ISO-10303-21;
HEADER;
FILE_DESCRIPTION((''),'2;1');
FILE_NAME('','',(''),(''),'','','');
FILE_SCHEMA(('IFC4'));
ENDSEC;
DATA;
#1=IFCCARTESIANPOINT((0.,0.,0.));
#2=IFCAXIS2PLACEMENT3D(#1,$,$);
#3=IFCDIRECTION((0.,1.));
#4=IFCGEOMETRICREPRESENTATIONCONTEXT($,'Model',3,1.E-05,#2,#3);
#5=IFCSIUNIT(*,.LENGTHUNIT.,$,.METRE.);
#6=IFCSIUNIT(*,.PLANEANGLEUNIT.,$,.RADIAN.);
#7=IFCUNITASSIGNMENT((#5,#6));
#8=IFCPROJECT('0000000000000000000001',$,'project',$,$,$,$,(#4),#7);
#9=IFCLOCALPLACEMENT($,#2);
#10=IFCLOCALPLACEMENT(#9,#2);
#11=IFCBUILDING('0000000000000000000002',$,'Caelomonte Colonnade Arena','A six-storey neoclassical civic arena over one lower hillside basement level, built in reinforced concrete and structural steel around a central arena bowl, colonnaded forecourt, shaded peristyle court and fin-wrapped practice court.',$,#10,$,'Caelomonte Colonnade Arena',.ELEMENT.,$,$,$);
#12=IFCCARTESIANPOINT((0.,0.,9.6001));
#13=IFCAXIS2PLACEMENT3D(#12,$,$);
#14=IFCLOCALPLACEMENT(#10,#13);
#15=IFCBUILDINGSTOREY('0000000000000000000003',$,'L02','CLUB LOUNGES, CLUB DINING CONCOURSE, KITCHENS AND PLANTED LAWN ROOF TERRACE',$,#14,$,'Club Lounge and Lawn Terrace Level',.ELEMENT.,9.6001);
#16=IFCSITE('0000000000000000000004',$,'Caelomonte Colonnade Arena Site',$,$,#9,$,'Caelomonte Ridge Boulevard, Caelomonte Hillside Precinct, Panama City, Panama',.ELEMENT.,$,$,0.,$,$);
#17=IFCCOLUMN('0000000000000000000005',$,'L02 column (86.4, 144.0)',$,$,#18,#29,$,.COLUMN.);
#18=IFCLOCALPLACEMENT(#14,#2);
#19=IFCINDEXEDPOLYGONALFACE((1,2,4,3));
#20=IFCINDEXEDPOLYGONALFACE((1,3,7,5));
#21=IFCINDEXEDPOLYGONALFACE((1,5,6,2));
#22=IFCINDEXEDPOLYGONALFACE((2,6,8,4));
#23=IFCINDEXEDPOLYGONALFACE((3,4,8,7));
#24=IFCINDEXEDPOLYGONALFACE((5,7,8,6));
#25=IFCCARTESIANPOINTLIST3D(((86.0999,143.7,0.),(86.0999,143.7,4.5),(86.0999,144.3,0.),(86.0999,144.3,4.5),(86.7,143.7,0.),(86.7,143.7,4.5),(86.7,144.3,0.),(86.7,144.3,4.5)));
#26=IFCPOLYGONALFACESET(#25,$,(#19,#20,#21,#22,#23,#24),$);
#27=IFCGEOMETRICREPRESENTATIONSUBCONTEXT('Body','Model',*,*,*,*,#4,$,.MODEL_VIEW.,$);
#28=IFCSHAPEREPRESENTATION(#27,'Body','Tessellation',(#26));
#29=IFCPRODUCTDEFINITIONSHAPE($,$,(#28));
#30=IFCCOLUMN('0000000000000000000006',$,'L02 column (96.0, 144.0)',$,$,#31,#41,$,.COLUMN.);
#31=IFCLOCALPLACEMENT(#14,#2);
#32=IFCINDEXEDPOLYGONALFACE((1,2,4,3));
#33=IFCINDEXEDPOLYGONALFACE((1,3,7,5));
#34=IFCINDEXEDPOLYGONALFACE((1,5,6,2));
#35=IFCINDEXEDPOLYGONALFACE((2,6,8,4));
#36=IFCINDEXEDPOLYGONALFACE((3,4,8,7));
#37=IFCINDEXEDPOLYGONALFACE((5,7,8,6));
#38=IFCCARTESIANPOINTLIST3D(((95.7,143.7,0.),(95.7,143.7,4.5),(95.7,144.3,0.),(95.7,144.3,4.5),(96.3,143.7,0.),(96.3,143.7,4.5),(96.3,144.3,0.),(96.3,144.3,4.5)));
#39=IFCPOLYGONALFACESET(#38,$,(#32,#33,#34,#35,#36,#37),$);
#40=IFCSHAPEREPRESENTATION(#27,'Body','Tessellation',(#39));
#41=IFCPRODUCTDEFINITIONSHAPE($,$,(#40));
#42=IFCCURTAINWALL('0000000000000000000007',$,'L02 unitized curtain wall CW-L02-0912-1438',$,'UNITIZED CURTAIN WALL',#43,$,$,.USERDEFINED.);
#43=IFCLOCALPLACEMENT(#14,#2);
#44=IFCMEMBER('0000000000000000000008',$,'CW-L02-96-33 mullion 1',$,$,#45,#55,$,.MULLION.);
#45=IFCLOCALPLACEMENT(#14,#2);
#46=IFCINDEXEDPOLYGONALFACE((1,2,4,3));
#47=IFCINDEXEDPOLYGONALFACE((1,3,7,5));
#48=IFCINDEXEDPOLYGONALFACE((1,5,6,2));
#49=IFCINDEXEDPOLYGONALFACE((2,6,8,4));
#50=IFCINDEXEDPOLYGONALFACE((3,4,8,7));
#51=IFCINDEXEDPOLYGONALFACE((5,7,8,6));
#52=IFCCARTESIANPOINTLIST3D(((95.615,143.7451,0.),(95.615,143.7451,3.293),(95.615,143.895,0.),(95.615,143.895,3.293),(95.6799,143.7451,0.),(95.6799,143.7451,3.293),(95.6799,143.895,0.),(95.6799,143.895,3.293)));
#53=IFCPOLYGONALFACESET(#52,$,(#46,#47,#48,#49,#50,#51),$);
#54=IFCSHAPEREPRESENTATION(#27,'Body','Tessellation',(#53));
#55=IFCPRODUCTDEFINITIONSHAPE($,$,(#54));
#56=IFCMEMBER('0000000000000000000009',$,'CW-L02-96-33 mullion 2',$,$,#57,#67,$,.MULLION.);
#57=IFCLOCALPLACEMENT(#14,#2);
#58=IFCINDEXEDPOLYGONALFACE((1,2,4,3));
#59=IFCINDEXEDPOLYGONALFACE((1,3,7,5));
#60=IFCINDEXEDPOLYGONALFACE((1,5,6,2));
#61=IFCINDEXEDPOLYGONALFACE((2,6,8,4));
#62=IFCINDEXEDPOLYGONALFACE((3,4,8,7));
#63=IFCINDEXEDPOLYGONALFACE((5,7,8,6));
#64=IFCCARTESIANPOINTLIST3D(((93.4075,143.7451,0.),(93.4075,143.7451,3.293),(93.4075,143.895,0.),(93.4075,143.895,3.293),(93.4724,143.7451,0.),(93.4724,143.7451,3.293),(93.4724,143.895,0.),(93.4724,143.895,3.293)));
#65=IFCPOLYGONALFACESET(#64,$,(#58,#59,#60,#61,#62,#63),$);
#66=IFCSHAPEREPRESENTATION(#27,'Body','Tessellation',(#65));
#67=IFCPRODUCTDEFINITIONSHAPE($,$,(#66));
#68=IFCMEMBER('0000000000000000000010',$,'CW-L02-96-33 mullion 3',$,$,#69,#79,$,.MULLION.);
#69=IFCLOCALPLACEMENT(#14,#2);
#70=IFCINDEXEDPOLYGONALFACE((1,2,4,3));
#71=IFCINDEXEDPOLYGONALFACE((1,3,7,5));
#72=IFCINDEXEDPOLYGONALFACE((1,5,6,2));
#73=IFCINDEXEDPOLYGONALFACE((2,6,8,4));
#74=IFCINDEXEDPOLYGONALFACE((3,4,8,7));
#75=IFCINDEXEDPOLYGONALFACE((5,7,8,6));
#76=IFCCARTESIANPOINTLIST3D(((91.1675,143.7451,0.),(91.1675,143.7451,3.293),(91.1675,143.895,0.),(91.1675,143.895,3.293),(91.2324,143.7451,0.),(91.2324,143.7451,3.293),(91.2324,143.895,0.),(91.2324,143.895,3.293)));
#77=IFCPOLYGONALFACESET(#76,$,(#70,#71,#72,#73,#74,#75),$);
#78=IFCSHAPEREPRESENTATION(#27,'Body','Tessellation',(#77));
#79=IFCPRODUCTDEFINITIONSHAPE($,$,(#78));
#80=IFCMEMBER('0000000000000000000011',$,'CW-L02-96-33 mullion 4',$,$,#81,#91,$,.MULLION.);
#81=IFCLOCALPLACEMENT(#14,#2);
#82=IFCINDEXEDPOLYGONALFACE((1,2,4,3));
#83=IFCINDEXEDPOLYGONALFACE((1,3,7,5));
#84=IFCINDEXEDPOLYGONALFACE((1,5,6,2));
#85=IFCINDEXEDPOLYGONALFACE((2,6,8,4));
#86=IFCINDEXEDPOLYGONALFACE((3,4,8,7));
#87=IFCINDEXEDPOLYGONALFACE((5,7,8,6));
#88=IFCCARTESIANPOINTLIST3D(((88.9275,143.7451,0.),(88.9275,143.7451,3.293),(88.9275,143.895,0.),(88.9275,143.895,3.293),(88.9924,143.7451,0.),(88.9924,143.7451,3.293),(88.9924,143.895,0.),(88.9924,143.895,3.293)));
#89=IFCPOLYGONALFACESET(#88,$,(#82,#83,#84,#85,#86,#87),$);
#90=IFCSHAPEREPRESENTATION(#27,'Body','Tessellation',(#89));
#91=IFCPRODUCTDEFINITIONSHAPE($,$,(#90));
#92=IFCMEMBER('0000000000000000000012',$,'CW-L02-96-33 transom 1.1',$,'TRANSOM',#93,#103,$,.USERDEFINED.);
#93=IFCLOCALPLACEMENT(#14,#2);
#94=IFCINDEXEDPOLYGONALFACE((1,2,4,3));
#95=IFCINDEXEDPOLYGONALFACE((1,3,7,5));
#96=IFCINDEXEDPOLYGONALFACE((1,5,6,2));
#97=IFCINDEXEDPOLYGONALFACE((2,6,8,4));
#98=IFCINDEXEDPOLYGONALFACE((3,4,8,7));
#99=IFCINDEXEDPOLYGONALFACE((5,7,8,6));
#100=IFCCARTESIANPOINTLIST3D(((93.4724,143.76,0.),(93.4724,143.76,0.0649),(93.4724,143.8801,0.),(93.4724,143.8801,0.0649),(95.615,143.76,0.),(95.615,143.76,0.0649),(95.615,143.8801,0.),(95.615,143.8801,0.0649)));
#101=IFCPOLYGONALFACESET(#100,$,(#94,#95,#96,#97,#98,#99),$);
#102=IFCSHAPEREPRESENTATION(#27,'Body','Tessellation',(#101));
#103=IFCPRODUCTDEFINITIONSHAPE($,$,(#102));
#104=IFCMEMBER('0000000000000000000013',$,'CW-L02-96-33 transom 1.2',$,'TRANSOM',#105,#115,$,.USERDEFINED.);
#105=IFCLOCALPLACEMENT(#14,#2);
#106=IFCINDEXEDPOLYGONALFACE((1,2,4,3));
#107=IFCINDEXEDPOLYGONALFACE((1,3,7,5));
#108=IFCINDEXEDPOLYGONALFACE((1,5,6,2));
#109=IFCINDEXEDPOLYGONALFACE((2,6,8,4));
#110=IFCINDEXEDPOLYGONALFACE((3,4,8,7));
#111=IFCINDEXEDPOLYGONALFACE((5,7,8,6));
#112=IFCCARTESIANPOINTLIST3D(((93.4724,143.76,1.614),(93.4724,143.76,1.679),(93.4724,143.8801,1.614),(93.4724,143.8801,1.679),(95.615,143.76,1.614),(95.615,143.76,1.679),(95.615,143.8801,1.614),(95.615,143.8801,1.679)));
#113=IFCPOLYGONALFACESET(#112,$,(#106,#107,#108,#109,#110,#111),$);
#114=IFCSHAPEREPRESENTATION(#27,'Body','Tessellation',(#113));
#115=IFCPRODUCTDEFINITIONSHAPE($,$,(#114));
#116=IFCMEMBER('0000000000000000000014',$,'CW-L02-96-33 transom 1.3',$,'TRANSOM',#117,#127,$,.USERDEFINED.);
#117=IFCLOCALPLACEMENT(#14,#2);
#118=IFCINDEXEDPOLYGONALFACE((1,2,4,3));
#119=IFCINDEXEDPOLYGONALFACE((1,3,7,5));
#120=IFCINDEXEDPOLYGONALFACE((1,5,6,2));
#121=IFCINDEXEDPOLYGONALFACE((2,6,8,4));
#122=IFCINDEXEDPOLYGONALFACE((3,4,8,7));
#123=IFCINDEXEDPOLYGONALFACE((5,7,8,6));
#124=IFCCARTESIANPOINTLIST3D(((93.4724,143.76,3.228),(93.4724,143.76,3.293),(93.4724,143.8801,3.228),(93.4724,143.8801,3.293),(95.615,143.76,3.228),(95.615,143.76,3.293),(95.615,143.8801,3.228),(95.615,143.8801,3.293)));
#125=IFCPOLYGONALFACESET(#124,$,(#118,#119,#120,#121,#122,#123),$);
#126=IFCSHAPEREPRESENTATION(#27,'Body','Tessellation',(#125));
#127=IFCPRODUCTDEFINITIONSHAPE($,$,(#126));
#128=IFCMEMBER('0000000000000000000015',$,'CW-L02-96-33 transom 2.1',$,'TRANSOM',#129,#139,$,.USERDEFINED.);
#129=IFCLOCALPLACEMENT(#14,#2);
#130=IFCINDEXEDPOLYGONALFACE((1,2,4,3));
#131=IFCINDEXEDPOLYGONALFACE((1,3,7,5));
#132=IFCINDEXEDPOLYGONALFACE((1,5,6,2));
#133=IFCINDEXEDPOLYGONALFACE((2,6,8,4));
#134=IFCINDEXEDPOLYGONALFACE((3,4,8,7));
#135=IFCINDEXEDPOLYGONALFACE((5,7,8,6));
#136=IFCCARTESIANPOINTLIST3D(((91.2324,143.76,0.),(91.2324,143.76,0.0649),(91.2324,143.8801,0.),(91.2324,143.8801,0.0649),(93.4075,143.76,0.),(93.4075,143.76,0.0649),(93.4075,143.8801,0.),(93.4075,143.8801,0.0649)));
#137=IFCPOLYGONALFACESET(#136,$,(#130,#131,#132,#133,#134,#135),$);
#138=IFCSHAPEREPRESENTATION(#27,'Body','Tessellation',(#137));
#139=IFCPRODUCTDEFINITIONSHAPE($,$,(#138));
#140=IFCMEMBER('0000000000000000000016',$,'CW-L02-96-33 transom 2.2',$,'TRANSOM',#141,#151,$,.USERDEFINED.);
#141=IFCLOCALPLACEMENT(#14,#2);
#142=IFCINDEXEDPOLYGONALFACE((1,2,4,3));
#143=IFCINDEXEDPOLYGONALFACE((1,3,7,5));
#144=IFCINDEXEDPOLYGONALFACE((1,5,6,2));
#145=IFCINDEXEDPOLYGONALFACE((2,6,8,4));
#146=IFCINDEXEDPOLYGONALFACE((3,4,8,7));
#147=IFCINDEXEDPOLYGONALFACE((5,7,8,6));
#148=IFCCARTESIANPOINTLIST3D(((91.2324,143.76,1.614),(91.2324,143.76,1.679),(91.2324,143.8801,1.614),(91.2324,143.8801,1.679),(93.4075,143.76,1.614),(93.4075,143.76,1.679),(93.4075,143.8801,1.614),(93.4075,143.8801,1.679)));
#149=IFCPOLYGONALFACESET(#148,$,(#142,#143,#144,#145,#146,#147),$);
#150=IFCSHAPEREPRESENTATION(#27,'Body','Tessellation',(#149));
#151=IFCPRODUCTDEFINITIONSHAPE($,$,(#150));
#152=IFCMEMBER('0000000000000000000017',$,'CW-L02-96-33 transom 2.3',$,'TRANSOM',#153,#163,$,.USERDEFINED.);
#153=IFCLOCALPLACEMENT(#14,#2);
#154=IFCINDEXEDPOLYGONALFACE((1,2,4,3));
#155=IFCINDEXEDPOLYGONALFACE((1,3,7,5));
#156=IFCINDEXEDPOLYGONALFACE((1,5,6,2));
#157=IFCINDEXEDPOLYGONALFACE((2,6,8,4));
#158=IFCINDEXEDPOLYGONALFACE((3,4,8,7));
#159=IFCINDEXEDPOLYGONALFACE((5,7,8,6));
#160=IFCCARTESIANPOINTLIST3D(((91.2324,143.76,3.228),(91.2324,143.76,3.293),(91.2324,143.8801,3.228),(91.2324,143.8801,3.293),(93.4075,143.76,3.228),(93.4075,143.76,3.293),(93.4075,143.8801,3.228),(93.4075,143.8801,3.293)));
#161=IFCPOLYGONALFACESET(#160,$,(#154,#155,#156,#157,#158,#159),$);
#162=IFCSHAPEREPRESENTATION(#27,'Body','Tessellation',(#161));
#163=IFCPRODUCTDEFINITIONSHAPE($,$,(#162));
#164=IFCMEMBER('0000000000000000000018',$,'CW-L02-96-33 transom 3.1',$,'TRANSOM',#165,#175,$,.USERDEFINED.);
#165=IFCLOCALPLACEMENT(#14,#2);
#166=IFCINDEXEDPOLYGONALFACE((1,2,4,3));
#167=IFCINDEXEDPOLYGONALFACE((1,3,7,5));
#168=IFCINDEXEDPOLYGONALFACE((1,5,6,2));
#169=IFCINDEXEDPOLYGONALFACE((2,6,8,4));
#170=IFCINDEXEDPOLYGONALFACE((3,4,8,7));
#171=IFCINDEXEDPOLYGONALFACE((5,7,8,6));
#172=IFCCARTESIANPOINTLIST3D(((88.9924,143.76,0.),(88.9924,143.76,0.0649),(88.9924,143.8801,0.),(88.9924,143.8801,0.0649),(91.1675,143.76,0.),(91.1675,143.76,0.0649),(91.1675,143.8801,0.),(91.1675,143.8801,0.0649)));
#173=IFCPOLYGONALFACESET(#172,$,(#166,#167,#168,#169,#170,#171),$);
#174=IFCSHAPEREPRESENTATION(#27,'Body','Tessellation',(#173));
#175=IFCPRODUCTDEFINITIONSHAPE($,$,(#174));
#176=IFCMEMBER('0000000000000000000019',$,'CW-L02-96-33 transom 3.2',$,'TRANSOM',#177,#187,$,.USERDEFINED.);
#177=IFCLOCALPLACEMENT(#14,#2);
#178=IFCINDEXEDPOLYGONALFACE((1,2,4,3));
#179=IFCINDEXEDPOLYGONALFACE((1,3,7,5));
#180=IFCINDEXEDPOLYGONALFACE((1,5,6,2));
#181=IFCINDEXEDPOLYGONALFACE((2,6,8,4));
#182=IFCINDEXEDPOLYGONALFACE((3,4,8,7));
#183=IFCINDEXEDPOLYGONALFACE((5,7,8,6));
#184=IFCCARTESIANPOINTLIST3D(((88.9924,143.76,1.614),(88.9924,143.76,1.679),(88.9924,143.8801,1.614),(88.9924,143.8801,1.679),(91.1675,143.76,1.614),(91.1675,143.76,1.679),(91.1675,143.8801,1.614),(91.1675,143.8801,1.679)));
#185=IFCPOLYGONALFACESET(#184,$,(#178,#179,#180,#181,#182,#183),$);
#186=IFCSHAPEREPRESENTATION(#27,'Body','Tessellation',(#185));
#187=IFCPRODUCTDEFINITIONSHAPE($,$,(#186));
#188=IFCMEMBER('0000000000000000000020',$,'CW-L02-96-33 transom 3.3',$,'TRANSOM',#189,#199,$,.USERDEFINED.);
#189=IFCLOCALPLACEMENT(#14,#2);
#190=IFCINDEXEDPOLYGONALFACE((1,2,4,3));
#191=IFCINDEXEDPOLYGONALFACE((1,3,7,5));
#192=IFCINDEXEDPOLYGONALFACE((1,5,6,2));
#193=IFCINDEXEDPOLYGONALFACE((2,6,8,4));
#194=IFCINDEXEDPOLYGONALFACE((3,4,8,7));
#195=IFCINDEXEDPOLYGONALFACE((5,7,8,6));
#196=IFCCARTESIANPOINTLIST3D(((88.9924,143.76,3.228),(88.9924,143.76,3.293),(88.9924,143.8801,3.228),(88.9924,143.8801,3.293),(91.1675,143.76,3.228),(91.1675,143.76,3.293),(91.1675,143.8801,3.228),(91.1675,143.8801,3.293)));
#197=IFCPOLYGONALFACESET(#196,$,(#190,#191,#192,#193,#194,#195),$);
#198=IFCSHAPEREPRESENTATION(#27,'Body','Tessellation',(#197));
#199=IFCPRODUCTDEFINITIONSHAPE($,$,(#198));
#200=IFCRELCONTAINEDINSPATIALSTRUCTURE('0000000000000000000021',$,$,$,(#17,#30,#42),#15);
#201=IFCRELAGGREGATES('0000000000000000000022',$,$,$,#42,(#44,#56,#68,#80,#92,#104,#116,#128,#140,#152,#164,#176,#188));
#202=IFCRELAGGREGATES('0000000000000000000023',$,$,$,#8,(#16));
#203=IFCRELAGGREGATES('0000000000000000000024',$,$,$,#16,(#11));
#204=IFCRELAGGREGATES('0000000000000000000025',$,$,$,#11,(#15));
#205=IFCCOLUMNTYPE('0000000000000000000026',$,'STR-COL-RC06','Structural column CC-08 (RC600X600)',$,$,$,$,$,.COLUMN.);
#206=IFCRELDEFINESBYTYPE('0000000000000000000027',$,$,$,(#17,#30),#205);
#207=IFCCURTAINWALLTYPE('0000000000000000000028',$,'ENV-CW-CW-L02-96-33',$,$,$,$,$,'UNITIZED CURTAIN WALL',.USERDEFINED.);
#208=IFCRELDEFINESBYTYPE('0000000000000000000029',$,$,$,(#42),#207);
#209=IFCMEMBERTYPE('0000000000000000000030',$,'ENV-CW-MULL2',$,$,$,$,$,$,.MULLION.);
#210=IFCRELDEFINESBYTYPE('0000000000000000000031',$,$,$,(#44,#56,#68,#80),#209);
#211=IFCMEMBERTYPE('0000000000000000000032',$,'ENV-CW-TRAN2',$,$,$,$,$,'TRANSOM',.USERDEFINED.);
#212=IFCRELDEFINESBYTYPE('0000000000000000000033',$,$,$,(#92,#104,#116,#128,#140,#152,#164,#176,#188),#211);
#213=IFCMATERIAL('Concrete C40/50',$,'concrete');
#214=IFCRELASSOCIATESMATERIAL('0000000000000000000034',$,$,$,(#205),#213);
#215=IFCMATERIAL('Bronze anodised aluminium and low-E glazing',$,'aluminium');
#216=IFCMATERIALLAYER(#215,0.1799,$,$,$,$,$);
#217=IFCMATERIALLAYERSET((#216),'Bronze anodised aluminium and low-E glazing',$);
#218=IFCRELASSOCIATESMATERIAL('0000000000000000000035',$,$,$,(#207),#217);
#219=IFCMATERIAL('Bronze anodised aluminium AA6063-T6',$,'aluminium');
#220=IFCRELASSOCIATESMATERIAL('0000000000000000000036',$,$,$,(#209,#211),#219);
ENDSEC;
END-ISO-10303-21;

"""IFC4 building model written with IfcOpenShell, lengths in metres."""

from ifc_helpers import new_model, si_unit, direction, frame, origin, origin_2d, place, context, subcontext, project, spatial, rectangle, extrude, material, layer, layer_set, material_profile, profile_set, type_object, element, aggregate, save


model = new_model("IFC4")

# Units and contexts
model_context = context("Model", 3, precision=1e-05, world=origin(), true_north=direction((0.0, 1.0)))
body_context = subcontext(model_context, "Body", "Model", "MODEL_VIEW")
ifc_project = project(units=[si_unit("LENGTHUNIT", "METRE"), si_unit("PLANEANGLEUNIT", "RADIAN")], contexts=[model_context])

# Site, building, storey
site_placement = place(None, origin())
site = spatial("IfcSite", under=ifc_project, at=site_placement, Name="Caelomonte Colonnade Arena Site", LongName="Caelomonte Ridge Boulevard, Caelomonte Hillside Precinct, Panama City, Panama", CompositionType="ELEMENT", RefElevation=0.0)
building_placement = place(site_placement, origin())
building = spatial("IfcBuilding", under=site, at=building_placement, Name="Caelomonte Colonnade Arena", Description="A six-storey neoclassical civic arena over one lower hillside basement level, built in reinforced concrete and structural steel around a central arena bowl, colonnaded forecourt, shaded peristyle court and fin-wrapped practice court.", LongName="Caelomonte Colonnade Arena", CompositionType="ELEMENT")
storey_placement = place(building_placement, frame((0.0, 0.0, 9.6001)))
storey = spatial("IfcBuildingStorey", under=building, at=storey_placement, Name="L02", Description="CLUB LOUNGES, CLUB DINING CONCOURSE, KITCHENS AND PLANTED LAWN ROOF TERRACE", LongName="Club Lounge and Lawn Terrace Level", CompositionType="ELEMENT", Elevation=9.6001)

# Columns
ifc_material_1 = material(Name="Concrete C40/50", Category="concrete")
ifc_material_profile_1 = material_profile(ifc_material_1, rectangle(XDim=0.6001, YDim=0.6001, at=origin_2d()), Name="RC600X600")
ifc_profile_set_1 = profile_set([ifc_material_profile_1], Name="Concrete C40/50")
column_type = type_object("IfcColumnType", Name="STR-COL-RC06", Description="Structural column CC-08 (RC600X600)", PredefinedType="COLUMN", material=ifc_profile_set_1)
for number, where, z_axis, x_axis, name in (
    (1, (86.3999, 144.0, 0.0), (0.0, 0.0, 1.0), (1.0, 0.0, 0.0), "L02 column (86.4, 144.0)"),
    (2, (96.0, 144.0, 0.0), (0.0, 0.0, 1.0), (1.0, 0.0, 0.0), "L02 column (96.0, 144.0)"),
):
    element("IfcColumn", number, at=place(storey_placement, frame(where, z_axis=z_axis, x_axis=x_axis)), inside=storey, type_object=column_type, Name=name, PredefinedType="COLUMN", context=body_context, shape_type="SweptSolid", body=[
        extrude(rectangle(XDim=0.6001, YDim=0.6001, at=origin_2d()), origin(), (0.0, 0.0, 1.0), 4.5),
    ])

# Curtain wall, members
ifc_material_2 = material(Name="Bronze anodised aluminium and low-E glazing", Category="aluminium")
ifc_layer_1 = layer(ifc_material_2, 0.1799)
ifc_layer_set_1 = layer_set([ifc_layer_1], Name="Bronze anodised aluminium and low-E glazing")
curtain_wall_type = type_object("IfcCurtainWallType", Name="ENV-CW-CW-L02-96-33", ElementType="UNITIZED CURTAIN WALL", PredefinedType="USERDEFINED", material=ifc_layer_set_1)
curtain_wall_placement = place(storey_placement, origin())
curtain_wall = element("IfcCurtainWall", 3, at=curtain_wall_placement, inside=storey, type_object=curtain_wall_type, Name="L02 unitized curtain wall CW-L02-0912-1438", ObjectType="UNITIZED CURTAIN WALL", PredefinedType="USERDEFINED")
ifc_material_3 = material(Name="Bronze anodised aluminium AA6063-T6", Category="aluminium")
ifc_material_profile_2 = material_profile(ifc_material_3, rectangle(XDim=0.0649, YDim=0.1499, at=origin_2d()), Name="CWM-65X150")
ifc_profile_set_2 = profile_set([ifc_material_profile_2], Name="Bronze anodised aluminium AA6063-T6")
member_type_1 = type_object("IfcMemberType", Name="ENV-CW-MULL2", PredefinedType="MULLION", material=ifc_profile_set_2)
member_1_placement = place(storey_placement, frame((95.6475, 143.8201, 0.0), z_axis=(0.0, 0.0, 1.0), x_axis=(-1.0, 0.0, 0.0)))
member_1 = element("IfcMember", 4, at=member_1_placement, type_object=member_type_1, Name="CW-L02-96-33 mullion 1", PredefinedType="MULLION", context=body_context, shape_type="SweptSolid", body=[
    extrude(rectangle(XDim=0.0649, YDim=0.1499, at=origin_2d()), origin(), (0.0, 0.0, 1.0), 3.293),
])
member_2_placement = place(storey_placement, frame((93.4399, 143.8201, 0.0), z_axis=(0.0, 0.0, 1.0), x_axis=(-1.0, 0.0, 0.0)))
member_2 = element("IfcMember", 5, at=member_2_placement, type_object=member_type_1, Name="CW-L02-96-33 mullion 2", PredefinedType="MULLION", context=body_context, shape_type="SweptSolid", body=[
    extrude(rectangle(XDim=0.0649, YDim=0.1499, at=origin_2d()), origin(), (0.0, 0.0, 1.0), 3.293),
])
member_3_placement = place(storey_placement, frame((91.2, 143.8201, 0.0), z_axis=(0.0, 0.0, 1.0), x_axis=(-1.0, 0.0, 0.0)))
member_3 = element("IfcMember", 6, at=member_3_placement, type_object=member_type_1, Name="CW-L02-96-33 mullion 3", PredefinedType="MULLION", context=body_context, shape_type="SweptSolid", body=[
    extrude(rectangle(XDim=0.0649, YDim=0.1499, at=origin_2d()), origin(), (0.0, 0.0, 1.0), 3.293),
])
member_4_placement = place(storey_placement, frame((88.96, 143.8201, 0.0), z_axis=(0.0, 0.0, 1.0), x_axis=(-1.0, 0.0, 0.0)))
member_4 = element("IfcMember", 7, at=member_4_placement, type_object=member_type_1, Name="CW-L02-96-33 mullion 4", PredefinedType="MULLION", context=body_context, shape_type="SweptSolid", body=[
    extrude(rectangle(XDim=0.0649, YDim=0.1499, at=origin_2d()), origin(), (0.0, 0.0, 1.0), 3.293),
])
ifc_material_profile_3 = material_profile(ifc_material_3, rectangle(XDim=0.0649, YDim=0.1201, at=origin_2d()), Name="CWT-65X120")
ifc_profile_set_3 = profile_set([ifc_material_profile_3], Name="Bronze anodised aluminium AA6063-T6")
member_type_2 = type_object("IfcMemberType", Name="ENV-CW-TRAN2", ElementType="TRANSOM", PredefinedType="USERDEFINED", material=ifc_profile_set_3)
member_5_placement = place(storey_placement, frame((95.615, 143.8201, 0.0325), z_axis=(-1.0, 0.0, 0.0), x_axis=(0.0, 0.0, 1.0)))
member_5 = element("IfcMember", 8, at=member_5_placement, type_object=member_type_2, Name="CW-L02-96-33 transom 1.1", ObjectType="TRANSOM", PredefinedType="USERDEFINED", context=body_context, shape_type="SweptSolid", body=[
    extrude(rectangle(XDim=0.0649, YDim=0.1201, at=origin_2d()), origin(), (0.0, 0.0, 1.0), 2.1426),
])
member_6_placement = place(storey_placement, frame((95.615, 143.8201, 1.6465), z_axis=(-1.0, 0.0, 0.0), x_axis=(0.0, 0.0, 1.0)))
member_6 = element("IfcMember", 9, at=member_6_placement, type_object=member_type_2, Name="CW-L02-96-33 transom 1.2", ObjectType="TRANSOM", PredefinedType="USERDEFINED", context=body_context, shape_type="SweptSolid", body=[
    extrude(rectangle(XDim=0.0649, YDim=0.1201, at=origin_2d()), origin(), (0.0, 0.0, 1.0), 2.1426),
])
member_7_placement = place(storey_placement, frame((95.615, 143.8201, 3.2605), z_axis=(-1.0, 0.0, 0.0), x_axis=(0.0, 0.0, 1.0)))
member_7 = element("IfcMember", 10, at=member_7_placement, type_object=member_type_2, Name="CW-L02-96-33 transom 1.3", ObjectType="TRANSOM", PredefinedType="USERDEFINED", context=body_context, shape_type="SweptSolid", body=[
    extrude(rectangle(XDim=0.0649, YDim=0.1201, at=origin_2d()), origin(), (0.0, 0.0, 1.0), 2.1426),
])
member_8_placement = place(storey_placement, frame((93.4075, 143.8201, 0.0325), z_axis=(-1.0, 0.0, 0.0), x_axis=(0.0, 0.0, 1.0)))
member_8 = element("IfcMember", 11, at=member_8_placement, type_object=member_type_2, Name="CW-L02-96-33 transom 2.1", ObjectType="TRANSOM", PredefinedType="USERDEFINED", context=body_context, shape_type="SweptSolid", body=[
    extrude(rectangle(XDim=0.0649, YDim=0.1201, at=origin_2d()), origin(), (0.0, 0.0, 1.0), 2.175),
])
member_9_placement = place(storey_placement, frame((93.4075, 143.8201, 1.6465), z_axis=(-1.0, 0.0, 0.0), x_axis=(0.0, 0.0, 1.0)))
member_9 = element("IfcMember", 12, at=member_9_placement, type_object=member_type_2, Name="CW-L02-96-33 transom 2.2", ObjectType="TRANSOM", PredefinedType="USERDEFINED", context=body_context, shape_type="SweptSolid", body=[
    extrude(rectangle(XDim=0.0649, YDim=0.1201, at=origin_2d()), origin(), (0.0, 0.0, 1.0), 2.175),
])
member_10_placement = place(storey_placement, frame((93.4075, 143.8201, 3.2605), z_axis=(-1.0, 0.0, 0.0), x_axis=(0.0, 0.0, 1.0)))
member_10 = element("IfcMember", 13, at=member_10_placement, type_object=member_type_2, Name="CW-L02-96-33 transom 2.3", ObjectType="TRANSOM", PredefinedType="USERDEFINED", context=body_context, shape_type="SweptSolid", body=[
    extrude(rectangle(XDim=0.0649, YDim=0.1201, at=origin_2d()), origin(), (0.0, 0.0, 1.0), 2.175),
])
member_11_placement = place(storey_placement, frame((91.1675, 143.8201, 0.0325), z_axis=(-1.0, 0.0, 0.0), x_axis=(0.0, 0.0, 1.0)))
member_11 = element("IfcMember", 14, at=member_11_placement, type_object=member_type_2, Name="CW-L02-96-33 transom 3.1", ObjectType="TRANSOM", PredefinedType="USERDEFINED", context=body_context, shape_type="SweptSolid", body=[
    extrude(rectangle(XDim=0.0649, YDim=0.1201, at=origin_2d()), origin(), (0.0, 0.0, 1.0), 2.175),
])
member_12_placement = place(storey_placement, frame((91.1675, 143.8201, 1.6465), z_axis=(-1.0, 0.0, 0.0), x_axis=(0.0, 0.0, 1.0)))
member_12 = element("IfcMember", 15, at=member_12_placement, type_object=member_type_2, Name="CW-L02-96-33 transom 3.2", ObjectType="TRANSOM", PredefinedType="USERDEFINED", context=body_context, shape_type="SweptSolid", body=[
    extrude(rectangle(XDim=0.0649, YDim=0.1201, at=origin_2d()), origin(), (0.0, 0.0, 1.0), 2.175),
])
member_13_placement = place(storey_placement, frame((91.1675, 143.8201, 3.2605), z_axis=(-1.0, 0.0, 0.0), x_axis=(0.0, 0.0, 1.0)))
member_13 = element("IfcMember", 16, at=member_13_placement, type_object=member_type_2, Name="CW-L02-96-33 transom 3.3", ObjectType="TRANSOM", PredefinedType="USERDEFINED", context=body_context, shape_type="SweptSolid", body=[
    extrude(rectangle(XDim=0.0649, YDim=0.1201, at=origin_2d()), origin(), (0.0, 0.0, 1.0), 2.175),
])

aggregate(curtain_wall, [member_1, member_2, member_3, member_4, member_5, member_6, member_7, member_8, member_9, member_10, member_11, member_12, member_13])

save(model, "model.ifc")
